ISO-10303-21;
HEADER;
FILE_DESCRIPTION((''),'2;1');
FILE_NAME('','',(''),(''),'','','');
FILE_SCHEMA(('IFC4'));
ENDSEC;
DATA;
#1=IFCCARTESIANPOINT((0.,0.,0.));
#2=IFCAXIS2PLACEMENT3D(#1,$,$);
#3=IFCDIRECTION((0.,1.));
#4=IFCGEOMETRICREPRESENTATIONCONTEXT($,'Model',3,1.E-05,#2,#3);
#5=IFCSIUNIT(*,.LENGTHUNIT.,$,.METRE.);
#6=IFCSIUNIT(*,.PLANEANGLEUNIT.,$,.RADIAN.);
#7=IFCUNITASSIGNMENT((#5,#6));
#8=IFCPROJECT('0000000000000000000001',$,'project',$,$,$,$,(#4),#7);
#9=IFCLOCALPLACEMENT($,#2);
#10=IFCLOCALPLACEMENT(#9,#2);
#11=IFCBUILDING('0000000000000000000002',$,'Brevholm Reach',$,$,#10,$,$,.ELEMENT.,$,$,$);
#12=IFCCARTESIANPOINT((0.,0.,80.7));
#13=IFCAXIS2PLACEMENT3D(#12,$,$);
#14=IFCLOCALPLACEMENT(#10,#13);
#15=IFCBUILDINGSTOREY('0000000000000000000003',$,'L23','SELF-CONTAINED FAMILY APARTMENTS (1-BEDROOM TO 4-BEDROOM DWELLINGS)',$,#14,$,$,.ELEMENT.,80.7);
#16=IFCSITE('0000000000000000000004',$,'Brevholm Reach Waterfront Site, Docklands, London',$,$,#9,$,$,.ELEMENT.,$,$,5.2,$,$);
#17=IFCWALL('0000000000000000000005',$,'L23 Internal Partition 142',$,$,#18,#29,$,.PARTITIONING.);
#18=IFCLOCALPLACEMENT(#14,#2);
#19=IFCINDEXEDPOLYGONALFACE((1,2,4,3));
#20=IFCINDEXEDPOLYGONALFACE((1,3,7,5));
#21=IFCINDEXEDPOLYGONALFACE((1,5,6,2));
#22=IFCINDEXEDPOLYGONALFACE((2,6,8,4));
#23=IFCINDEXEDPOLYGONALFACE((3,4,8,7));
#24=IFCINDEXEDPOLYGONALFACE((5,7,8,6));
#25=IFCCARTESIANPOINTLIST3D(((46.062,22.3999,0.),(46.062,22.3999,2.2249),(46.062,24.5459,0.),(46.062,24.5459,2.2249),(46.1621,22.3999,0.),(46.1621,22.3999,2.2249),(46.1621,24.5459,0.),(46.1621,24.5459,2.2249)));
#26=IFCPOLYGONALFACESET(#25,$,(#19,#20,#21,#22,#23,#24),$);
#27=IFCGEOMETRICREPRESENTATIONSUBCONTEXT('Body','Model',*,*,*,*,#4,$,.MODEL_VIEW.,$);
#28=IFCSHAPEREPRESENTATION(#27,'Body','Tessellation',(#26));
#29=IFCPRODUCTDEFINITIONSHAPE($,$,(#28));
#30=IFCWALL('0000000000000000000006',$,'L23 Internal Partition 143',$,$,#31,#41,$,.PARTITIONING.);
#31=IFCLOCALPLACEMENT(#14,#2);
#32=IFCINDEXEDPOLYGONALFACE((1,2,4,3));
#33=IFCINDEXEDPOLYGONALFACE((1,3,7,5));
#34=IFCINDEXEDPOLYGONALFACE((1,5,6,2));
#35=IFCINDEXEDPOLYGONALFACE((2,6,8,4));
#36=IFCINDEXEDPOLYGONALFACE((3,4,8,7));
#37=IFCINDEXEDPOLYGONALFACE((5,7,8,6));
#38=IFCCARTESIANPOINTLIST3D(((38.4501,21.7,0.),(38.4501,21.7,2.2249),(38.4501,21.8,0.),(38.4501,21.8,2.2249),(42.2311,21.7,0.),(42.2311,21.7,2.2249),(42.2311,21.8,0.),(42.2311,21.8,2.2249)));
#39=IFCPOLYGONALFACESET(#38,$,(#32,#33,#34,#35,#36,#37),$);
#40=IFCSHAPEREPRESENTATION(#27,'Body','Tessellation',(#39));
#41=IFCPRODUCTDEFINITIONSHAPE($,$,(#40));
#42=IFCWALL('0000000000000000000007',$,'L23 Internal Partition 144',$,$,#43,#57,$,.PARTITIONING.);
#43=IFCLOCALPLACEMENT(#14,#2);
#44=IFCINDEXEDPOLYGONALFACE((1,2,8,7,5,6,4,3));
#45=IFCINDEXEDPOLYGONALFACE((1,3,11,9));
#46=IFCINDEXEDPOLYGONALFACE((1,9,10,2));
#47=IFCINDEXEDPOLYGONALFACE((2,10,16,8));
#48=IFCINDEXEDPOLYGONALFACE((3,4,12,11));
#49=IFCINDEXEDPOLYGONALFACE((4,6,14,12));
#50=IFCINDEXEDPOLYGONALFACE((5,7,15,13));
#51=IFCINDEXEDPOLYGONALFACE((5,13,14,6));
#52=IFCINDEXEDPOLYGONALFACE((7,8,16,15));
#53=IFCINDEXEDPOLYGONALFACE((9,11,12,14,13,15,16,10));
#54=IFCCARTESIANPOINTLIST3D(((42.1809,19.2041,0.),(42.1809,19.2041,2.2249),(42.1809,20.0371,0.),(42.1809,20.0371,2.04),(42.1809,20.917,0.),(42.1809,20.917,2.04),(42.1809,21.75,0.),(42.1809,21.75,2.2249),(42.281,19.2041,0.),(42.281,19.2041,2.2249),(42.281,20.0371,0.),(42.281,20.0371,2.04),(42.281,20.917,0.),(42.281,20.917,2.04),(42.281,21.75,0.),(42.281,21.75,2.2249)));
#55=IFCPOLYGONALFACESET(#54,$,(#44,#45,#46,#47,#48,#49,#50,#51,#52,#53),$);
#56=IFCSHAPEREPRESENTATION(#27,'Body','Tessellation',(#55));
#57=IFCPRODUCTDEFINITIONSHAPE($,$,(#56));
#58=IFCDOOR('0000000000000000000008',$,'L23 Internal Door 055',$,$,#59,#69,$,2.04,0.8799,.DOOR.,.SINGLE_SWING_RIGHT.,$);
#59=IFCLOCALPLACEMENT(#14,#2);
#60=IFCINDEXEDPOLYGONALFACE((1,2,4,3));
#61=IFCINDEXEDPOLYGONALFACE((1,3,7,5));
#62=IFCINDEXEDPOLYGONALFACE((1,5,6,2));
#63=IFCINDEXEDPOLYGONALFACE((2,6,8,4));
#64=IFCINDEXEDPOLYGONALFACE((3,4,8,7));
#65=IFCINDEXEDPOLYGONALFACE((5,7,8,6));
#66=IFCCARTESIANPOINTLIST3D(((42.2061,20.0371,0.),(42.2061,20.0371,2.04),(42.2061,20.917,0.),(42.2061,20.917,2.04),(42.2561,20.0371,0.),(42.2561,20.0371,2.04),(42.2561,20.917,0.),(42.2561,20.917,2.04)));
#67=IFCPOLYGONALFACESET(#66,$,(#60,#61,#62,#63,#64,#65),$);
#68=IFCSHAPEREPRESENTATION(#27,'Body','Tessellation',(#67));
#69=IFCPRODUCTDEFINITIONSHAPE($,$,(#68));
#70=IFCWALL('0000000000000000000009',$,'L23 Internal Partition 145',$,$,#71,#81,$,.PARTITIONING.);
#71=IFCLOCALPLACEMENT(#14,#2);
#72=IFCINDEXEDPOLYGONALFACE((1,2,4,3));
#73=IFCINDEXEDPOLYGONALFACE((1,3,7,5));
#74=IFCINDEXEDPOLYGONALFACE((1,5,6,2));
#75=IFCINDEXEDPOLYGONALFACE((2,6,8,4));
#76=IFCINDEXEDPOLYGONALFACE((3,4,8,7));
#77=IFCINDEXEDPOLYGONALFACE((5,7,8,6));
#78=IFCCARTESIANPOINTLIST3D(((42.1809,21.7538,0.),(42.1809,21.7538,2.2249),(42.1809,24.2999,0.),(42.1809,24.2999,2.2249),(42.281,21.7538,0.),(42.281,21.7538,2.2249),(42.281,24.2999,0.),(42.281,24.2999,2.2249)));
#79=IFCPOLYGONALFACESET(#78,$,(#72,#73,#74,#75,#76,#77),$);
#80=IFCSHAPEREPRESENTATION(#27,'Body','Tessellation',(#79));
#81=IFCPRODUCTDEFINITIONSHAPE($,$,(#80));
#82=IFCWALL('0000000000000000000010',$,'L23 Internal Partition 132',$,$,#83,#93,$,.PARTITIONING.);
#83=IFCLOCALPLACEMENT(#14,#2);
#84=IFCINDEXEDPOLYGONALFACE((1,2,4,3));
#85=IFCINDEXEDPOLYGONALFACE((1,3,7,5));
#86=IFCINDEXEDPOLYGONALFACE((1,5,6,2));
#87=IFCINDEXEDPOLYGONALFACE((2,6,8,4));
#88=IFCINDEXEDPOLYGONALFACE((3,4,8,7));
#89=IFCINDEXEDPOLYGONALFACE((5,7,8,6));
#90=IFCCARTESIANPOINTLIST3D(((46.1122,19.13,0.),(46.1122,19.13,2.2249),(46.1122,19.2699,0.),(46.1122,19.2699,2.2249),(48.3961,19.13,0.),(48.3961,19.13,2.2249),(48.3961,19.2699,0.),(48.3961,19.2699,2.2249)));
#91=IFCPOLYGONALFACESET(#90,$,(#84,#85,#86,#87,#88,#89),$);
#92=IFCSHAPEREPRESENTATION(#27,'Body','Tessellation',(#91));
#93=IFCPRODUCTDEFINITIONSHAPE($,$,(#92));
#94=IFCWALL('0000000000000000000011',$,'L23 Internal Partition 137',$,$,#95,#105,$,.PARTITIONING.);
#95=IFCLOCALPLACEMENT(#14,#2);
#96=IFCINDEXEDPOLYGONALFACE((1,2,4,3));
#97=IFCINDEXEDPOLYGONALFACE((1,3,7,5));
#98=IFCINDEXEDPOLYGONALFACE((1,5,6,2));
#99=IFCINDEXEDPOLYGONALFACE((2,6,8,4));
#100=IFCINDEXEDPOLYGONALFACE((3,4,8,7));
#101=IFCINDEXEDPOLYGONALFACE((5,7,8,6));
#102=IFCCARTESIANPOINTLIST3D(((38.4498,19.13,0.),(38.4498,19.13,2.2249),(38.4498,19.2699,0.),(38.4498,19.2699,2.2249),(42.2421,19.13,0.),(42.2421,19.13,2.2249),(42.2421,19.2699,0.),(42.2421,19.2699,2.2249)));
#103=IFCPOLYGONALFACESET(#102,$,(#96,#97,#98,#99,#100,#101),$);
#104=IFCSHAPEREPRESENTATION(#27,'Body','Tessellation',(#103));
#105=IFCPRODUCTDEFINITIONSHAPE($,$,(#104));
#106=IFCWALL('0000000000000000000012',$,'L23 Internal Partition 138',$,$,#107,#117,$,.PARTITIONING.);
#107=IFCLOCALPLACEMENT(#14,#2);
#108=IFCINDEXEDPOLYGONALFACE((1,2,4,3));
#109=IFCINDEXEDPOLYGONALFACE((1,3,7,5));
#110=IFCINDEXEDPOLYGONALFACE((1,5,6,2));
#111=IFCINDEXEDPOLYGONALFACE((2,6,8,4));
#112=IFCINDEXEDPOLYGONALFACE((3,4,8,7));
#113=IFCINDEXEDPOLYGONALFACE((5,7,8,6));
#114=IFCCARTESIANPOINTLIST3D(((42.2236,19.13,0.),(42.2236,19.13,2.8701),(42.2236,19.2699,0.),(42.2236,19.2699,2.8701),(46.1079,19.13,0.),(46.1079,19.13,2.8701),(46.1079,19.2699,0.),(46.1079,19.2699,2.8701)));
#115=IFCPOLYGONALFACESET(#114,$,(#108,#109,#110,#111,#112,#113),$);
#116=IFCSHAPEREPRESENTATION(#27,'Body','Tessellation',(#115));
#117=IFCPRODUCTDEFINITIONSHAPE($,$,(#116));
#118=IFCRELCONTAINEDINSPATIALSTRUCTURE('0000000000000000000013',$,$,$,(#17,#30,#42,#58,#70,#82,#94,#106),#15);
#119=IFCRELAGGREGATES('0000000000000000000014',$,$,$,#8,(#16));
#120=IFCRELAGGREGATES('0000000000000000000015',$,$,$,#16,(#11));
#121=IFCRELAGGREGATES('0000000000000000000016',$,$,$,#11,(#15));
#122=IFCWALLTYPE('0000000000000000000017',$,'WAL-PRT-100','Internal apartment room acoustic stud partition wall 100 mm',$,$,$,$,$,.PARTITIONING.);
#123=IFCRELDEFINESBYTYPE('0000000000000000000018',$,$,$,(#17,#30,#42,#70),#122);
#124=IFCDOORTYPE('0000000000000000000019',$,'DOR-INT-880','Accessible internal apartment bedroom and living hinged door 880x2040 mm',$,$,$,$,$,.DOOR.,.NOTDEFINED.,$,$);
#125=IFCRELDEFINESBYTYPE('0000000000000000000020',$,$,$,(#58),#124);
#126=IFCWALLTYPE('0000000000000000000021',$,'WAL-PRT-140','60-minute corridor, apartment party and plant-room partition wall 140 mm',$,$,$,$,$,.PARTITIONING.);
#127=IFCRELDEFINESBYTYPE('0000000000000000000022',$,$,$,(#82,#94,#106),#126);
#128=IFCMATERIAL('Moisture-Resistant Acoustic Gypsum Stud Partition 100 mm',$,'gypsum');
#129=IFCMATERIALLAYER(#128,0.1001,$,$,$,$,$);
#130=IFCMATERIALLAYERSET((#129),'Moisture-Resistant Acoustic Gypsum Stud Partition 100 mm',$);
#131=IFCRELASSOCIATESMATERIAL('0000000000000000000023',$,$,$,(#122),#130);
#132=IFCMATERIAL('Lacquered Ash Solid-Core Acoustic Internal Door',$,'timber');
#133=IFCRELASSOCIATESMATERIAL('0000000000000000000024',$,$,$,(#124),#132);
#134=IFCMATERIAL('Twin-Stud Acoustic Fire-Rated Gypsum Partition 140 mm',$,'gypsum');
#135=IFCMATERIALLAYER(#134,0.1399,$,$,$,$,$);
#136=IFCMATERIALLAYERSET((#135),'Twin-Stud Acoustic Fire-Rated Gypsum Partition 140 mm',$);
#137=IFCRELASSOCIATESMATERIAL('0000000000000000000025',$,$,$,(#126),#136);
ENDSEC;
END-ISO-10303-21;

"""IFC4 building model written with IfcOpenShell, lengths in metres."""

from ifc_helpers import new_model, si_unit, direction, frame, frame_2d, origin, place, context, subcontext, project, spatial, rectangle, extrude, material, layer, layer_set, type_object, element, fill, save


model = new_model("IFC4")

# Units and contexts
model_context = context("Model", 3, precision=1e-05, world=origin(), true_north=direction((0.0, 1.0)))
body_context = subcontext(model_context, "Body", "Model", "MODEL_VIEW")
ifc_project = project(units=[si_unit("LENGTHUNIT", "METRE"), si_unit("PLANEANGLEUNIT", "RADIAN")], contexts=[model_context])

# Site, building, storey
site_placement = place(None, origin())
site = spatial("IfcSite", under=ifc_project, at=site_placement, Name="Brevholm Reach Waterfront Site, Docklands, London", CompositionType="ELEMENT", RefElevation=5.2)
building_placement = place(site_placement, origin())
building = spatial("IfcBuilding", under=site, at=building_placement, Name="Brevholm Reach", CompositionType="ELEMENT")
storey_placement = place(building_placement, frame((0.0, 0.0, 80.7)))
storey = spatial("IfcBuildingStorey", under=building, at=storey_placement, Name="L23", Description="SELF-CONTAINED FAMILY APARTMENTS (1-BEDROOM TO 4-BEDROOM DWELLINGS)", CompositionType="ELEMENT", Elevation=80.7)

# Shared definitions
ifc_material_1 = material(Name="Moisture-Resistant Acoustic Gypsum Stud Partition 100 mm", Category="gypsum")
ifc_layer_1 = layer(ifc_material_1, 0.1001)
ifc_layer_set_1 = layer_set([ifc_layer_1], Name="Moisture-Resistant Acoustic Gypsum Stud Partition 100 mm")
wall_type_1 = type_object("IfcWallType", Name="WAL-PRT-100", Description="Internal apartment room acoustic stud partition wall 100 mm", PredefinedType="PARTITIONING", material=ifc_layer_set_1)

# Shared definitions
ifc_material_2 = material(Name="Lacquered Ash Solid-Core Acoustic Internal Door", Category="timber")
door_type_1 = type_object("IfcDoorType", Name="DOR-INT-880", Description="Accessible internal apartment bedroom and living hinged door 880x2040 mm", OperationType="NOTDEFINED", PredefinedType="DOOR", material=ifc_material_2)

# Walls
wall_1_placement = place(storey_placement, frame((46.1121, 22.3999, 0.0), z_axis=(0.0, 0.0, 1.0), x_axis=(0.0, 1.0, 0.0)))
element("IfcWall", 1, at=wall_1_placement, inside=storey, type_object=wall_type_1, Name="L23 Internal Partition 142", PredefinedType="PARTITIONING", context=body_context, shape_type="SweptSolid", body=[
    extrude(rectangle(XDim=2.146, YDim=0.1001, at=frame_2d((1.073, 0.0))), origin(), (0.0, 0.0, 1.0), 2.2249),
])
wall_2_placement = place(storey_placement, frame((38.45, 21.75, 0.0), z_axis=(0.0, 0.0, 1.0), x_axis=(1.0, 0.0, 0.0)))
element("IfcWall", 2, at=wall_2_placement, inside=storey, type_object=wall_type_1, Name="L23 Internal Partition 143", PredefinedType="PARTITIONING", context=body_context, shape_type="SweptSolid", body=[
    extrude(rectangle(XDim=3.781, YDim=0.1001, at=frame_2d((1.8906, 0.0))), origin(), (0.0, 0.0, 1.0), 2.2249),
])

# Wall, opening, door
wall_3_placement = place(storey_placement, frame((42.231, 19.2041, 0.0), z_axis=(0.0, 0.0, 1.0), x_axis=(0.0, 1.0, 0.0)))
wall_3 = element("IfcWall", 3, at=wall_3_placement, inside=storey, type_object=wall_type_1, Name="L23 Internal Partition 144", PredefinedType="PARTITIONING", context=body_context, shape_type="SweptSolid", body=[
    extrude(rectangle(XDim=2.5459, YDim=0.1001, at=frame_2d((1.2729, 0.0))), origin(), (0.0, 0.0, 1.0), 2.2249),
])
opening_1_placement = place(wall_3_placement, frame((0.833, 0.0, 0.0)))
opening_1 = element("IfcOpeningElement", 4, at=opening_1_placement, cuts=wall_3, PredefinedType="OPENING", context=body_context, shape_type="SweptSolid", body=[
    extrude(rectangle(XDim=0.8799, YDim=2.04, at=frame_2d((0.4399, 1.02))), frame((0.0, 0.0601, 0.0), z_axis=(0.0, -1.0, 0.0), x_axis=(1.0, 0.0, 0.0)), (0.0, 0.0, 1.0), 0.1201),
])
door_1_placement = place(opening_1_placement, origin())
door_1 = element("IfcDoor", 5, at=door_1_placement, inside=storey, type_object=door_type_1, Name="L23 Internal Door 055", OperationType="SINGLE_SWING_RIGHT", OverallHeight=2.04, OverallWidth=0.8799, PredefinedType="DOOR", context=body_context, shape_type="SweptSolid", body=[
    extrude(rectangle(XDim=0.8799, YDim=2.04, at=frame_2d((0.4399, 1.02))), frame((0.0, 0.0249, 0.0), z_axis=(0.0, -1.0, 0.0), x_axis=(1.0, 0.0, 0.0)), (0.0, 0.0, 1.0), 0.05),
])
fill(opening_1, door_1)

# Walls
wall_4_placement = place(storey_placement, frame((42.231, 21.7539, 0.0), z_axis=(0.0, 0.0, 1.0), x_axis=(0.0, 1.0, 0.0)))
element("IfcWall", 6, at=wall_4_placement, inside=storey, type_object=wall_type_1, Name="L23 Internal Partition 145", PredefinedType="PARTITIONING", context=body_context, shape_type="SweptSolid", body=[
    extrude(rectangle(XDim=2.5461, YDim=0.1001, at=frame_2d((1.2729, 0.0))), origin(), (0.0, 0.0, 1.0), 2.2249),
])
ifc_material_3 = material(Name="Twin-Stud Acoustic Fire-Rated Gypsum Partition 140 mm", Category="gypsum")
ifc_layer_2 = layer(ifc_material_3, 0.1399)
ifc_layer_set_2 = layer_set([ifc_layer_2], Name="Twin-Stud Acoustic Fire-Rated Gypsum Partition 140 mm")
wall_type_2 = type_object("IfcWallType", Name="WAL-PRT-140", Description="60-minute corridor, apartment party and plant-room partition wall 140 mm", PredefinedType="PARTITIONING", material=ifc_layer_set_2)
wall_5_placement = place(storey_placement, frame((46.1121, 19.2, 0.0), z_axis=(0.0, 0.0, 1.0), x_axis=(1.0, 0.0, 0.0)))
element("IfcWall", 7, at=wall_5_placement, inside=storey, type_object=wall_type_2, Name="L23 Internal Partition 132", PredefinedType="PARTITIONING", context=body_context, shape_type="SweptSolid", body=[
    extrude(rectangle(XDim=2.2839, YDim=0.1399, at=frame_2d((1.1421, 0.0))), origin(), (0.0, 0.0, 1.0), 2.2249),
])
wall_6_placement = place(storey_placement, frame((38.45, 19.2, 0.0), z_axis=(0.0, 0.0, 1.0), x_axis=(1.0, 0.0, 0.0)))
element("IfcWall", 8, at=wall_6_placement, inside=storey, type_object=wall_type_2, Name="L23 Internal Partition 137", PredefinedType="PARTITIONING", context=body_context, shape_type="SweptSolid", body=[
    extrude(rectangle(XDim=3.7922, YDim=0.1399, at=frame_2d((1.896, 0.0))), origin(), (0.0, 0.0, 1.0), 2.2249),
])
wall_7_placement = place(storey_placement, frame((42.2236, 19.2, 0.0), z_axis=(0.0, 0.0, 1.0), x_axis=(1.0, 0.0, 0.0)))
element("IfcWall", 9, at=wall_7_placement, inside=storey, type_object=wall_type_2, Name="L23 Internal Partition 138", PredefinedType="PARTITIONING", context=body_context, shape_type="SweptSolid", body=[
    extrude(rectangle(XDim=3.8843, YDim=0.1399, at=frame_2d((1.9421, 0.0))), origin(), (0.0, 0.0, 1.0), 2.8701),
])

save(model, "model.ifc")
